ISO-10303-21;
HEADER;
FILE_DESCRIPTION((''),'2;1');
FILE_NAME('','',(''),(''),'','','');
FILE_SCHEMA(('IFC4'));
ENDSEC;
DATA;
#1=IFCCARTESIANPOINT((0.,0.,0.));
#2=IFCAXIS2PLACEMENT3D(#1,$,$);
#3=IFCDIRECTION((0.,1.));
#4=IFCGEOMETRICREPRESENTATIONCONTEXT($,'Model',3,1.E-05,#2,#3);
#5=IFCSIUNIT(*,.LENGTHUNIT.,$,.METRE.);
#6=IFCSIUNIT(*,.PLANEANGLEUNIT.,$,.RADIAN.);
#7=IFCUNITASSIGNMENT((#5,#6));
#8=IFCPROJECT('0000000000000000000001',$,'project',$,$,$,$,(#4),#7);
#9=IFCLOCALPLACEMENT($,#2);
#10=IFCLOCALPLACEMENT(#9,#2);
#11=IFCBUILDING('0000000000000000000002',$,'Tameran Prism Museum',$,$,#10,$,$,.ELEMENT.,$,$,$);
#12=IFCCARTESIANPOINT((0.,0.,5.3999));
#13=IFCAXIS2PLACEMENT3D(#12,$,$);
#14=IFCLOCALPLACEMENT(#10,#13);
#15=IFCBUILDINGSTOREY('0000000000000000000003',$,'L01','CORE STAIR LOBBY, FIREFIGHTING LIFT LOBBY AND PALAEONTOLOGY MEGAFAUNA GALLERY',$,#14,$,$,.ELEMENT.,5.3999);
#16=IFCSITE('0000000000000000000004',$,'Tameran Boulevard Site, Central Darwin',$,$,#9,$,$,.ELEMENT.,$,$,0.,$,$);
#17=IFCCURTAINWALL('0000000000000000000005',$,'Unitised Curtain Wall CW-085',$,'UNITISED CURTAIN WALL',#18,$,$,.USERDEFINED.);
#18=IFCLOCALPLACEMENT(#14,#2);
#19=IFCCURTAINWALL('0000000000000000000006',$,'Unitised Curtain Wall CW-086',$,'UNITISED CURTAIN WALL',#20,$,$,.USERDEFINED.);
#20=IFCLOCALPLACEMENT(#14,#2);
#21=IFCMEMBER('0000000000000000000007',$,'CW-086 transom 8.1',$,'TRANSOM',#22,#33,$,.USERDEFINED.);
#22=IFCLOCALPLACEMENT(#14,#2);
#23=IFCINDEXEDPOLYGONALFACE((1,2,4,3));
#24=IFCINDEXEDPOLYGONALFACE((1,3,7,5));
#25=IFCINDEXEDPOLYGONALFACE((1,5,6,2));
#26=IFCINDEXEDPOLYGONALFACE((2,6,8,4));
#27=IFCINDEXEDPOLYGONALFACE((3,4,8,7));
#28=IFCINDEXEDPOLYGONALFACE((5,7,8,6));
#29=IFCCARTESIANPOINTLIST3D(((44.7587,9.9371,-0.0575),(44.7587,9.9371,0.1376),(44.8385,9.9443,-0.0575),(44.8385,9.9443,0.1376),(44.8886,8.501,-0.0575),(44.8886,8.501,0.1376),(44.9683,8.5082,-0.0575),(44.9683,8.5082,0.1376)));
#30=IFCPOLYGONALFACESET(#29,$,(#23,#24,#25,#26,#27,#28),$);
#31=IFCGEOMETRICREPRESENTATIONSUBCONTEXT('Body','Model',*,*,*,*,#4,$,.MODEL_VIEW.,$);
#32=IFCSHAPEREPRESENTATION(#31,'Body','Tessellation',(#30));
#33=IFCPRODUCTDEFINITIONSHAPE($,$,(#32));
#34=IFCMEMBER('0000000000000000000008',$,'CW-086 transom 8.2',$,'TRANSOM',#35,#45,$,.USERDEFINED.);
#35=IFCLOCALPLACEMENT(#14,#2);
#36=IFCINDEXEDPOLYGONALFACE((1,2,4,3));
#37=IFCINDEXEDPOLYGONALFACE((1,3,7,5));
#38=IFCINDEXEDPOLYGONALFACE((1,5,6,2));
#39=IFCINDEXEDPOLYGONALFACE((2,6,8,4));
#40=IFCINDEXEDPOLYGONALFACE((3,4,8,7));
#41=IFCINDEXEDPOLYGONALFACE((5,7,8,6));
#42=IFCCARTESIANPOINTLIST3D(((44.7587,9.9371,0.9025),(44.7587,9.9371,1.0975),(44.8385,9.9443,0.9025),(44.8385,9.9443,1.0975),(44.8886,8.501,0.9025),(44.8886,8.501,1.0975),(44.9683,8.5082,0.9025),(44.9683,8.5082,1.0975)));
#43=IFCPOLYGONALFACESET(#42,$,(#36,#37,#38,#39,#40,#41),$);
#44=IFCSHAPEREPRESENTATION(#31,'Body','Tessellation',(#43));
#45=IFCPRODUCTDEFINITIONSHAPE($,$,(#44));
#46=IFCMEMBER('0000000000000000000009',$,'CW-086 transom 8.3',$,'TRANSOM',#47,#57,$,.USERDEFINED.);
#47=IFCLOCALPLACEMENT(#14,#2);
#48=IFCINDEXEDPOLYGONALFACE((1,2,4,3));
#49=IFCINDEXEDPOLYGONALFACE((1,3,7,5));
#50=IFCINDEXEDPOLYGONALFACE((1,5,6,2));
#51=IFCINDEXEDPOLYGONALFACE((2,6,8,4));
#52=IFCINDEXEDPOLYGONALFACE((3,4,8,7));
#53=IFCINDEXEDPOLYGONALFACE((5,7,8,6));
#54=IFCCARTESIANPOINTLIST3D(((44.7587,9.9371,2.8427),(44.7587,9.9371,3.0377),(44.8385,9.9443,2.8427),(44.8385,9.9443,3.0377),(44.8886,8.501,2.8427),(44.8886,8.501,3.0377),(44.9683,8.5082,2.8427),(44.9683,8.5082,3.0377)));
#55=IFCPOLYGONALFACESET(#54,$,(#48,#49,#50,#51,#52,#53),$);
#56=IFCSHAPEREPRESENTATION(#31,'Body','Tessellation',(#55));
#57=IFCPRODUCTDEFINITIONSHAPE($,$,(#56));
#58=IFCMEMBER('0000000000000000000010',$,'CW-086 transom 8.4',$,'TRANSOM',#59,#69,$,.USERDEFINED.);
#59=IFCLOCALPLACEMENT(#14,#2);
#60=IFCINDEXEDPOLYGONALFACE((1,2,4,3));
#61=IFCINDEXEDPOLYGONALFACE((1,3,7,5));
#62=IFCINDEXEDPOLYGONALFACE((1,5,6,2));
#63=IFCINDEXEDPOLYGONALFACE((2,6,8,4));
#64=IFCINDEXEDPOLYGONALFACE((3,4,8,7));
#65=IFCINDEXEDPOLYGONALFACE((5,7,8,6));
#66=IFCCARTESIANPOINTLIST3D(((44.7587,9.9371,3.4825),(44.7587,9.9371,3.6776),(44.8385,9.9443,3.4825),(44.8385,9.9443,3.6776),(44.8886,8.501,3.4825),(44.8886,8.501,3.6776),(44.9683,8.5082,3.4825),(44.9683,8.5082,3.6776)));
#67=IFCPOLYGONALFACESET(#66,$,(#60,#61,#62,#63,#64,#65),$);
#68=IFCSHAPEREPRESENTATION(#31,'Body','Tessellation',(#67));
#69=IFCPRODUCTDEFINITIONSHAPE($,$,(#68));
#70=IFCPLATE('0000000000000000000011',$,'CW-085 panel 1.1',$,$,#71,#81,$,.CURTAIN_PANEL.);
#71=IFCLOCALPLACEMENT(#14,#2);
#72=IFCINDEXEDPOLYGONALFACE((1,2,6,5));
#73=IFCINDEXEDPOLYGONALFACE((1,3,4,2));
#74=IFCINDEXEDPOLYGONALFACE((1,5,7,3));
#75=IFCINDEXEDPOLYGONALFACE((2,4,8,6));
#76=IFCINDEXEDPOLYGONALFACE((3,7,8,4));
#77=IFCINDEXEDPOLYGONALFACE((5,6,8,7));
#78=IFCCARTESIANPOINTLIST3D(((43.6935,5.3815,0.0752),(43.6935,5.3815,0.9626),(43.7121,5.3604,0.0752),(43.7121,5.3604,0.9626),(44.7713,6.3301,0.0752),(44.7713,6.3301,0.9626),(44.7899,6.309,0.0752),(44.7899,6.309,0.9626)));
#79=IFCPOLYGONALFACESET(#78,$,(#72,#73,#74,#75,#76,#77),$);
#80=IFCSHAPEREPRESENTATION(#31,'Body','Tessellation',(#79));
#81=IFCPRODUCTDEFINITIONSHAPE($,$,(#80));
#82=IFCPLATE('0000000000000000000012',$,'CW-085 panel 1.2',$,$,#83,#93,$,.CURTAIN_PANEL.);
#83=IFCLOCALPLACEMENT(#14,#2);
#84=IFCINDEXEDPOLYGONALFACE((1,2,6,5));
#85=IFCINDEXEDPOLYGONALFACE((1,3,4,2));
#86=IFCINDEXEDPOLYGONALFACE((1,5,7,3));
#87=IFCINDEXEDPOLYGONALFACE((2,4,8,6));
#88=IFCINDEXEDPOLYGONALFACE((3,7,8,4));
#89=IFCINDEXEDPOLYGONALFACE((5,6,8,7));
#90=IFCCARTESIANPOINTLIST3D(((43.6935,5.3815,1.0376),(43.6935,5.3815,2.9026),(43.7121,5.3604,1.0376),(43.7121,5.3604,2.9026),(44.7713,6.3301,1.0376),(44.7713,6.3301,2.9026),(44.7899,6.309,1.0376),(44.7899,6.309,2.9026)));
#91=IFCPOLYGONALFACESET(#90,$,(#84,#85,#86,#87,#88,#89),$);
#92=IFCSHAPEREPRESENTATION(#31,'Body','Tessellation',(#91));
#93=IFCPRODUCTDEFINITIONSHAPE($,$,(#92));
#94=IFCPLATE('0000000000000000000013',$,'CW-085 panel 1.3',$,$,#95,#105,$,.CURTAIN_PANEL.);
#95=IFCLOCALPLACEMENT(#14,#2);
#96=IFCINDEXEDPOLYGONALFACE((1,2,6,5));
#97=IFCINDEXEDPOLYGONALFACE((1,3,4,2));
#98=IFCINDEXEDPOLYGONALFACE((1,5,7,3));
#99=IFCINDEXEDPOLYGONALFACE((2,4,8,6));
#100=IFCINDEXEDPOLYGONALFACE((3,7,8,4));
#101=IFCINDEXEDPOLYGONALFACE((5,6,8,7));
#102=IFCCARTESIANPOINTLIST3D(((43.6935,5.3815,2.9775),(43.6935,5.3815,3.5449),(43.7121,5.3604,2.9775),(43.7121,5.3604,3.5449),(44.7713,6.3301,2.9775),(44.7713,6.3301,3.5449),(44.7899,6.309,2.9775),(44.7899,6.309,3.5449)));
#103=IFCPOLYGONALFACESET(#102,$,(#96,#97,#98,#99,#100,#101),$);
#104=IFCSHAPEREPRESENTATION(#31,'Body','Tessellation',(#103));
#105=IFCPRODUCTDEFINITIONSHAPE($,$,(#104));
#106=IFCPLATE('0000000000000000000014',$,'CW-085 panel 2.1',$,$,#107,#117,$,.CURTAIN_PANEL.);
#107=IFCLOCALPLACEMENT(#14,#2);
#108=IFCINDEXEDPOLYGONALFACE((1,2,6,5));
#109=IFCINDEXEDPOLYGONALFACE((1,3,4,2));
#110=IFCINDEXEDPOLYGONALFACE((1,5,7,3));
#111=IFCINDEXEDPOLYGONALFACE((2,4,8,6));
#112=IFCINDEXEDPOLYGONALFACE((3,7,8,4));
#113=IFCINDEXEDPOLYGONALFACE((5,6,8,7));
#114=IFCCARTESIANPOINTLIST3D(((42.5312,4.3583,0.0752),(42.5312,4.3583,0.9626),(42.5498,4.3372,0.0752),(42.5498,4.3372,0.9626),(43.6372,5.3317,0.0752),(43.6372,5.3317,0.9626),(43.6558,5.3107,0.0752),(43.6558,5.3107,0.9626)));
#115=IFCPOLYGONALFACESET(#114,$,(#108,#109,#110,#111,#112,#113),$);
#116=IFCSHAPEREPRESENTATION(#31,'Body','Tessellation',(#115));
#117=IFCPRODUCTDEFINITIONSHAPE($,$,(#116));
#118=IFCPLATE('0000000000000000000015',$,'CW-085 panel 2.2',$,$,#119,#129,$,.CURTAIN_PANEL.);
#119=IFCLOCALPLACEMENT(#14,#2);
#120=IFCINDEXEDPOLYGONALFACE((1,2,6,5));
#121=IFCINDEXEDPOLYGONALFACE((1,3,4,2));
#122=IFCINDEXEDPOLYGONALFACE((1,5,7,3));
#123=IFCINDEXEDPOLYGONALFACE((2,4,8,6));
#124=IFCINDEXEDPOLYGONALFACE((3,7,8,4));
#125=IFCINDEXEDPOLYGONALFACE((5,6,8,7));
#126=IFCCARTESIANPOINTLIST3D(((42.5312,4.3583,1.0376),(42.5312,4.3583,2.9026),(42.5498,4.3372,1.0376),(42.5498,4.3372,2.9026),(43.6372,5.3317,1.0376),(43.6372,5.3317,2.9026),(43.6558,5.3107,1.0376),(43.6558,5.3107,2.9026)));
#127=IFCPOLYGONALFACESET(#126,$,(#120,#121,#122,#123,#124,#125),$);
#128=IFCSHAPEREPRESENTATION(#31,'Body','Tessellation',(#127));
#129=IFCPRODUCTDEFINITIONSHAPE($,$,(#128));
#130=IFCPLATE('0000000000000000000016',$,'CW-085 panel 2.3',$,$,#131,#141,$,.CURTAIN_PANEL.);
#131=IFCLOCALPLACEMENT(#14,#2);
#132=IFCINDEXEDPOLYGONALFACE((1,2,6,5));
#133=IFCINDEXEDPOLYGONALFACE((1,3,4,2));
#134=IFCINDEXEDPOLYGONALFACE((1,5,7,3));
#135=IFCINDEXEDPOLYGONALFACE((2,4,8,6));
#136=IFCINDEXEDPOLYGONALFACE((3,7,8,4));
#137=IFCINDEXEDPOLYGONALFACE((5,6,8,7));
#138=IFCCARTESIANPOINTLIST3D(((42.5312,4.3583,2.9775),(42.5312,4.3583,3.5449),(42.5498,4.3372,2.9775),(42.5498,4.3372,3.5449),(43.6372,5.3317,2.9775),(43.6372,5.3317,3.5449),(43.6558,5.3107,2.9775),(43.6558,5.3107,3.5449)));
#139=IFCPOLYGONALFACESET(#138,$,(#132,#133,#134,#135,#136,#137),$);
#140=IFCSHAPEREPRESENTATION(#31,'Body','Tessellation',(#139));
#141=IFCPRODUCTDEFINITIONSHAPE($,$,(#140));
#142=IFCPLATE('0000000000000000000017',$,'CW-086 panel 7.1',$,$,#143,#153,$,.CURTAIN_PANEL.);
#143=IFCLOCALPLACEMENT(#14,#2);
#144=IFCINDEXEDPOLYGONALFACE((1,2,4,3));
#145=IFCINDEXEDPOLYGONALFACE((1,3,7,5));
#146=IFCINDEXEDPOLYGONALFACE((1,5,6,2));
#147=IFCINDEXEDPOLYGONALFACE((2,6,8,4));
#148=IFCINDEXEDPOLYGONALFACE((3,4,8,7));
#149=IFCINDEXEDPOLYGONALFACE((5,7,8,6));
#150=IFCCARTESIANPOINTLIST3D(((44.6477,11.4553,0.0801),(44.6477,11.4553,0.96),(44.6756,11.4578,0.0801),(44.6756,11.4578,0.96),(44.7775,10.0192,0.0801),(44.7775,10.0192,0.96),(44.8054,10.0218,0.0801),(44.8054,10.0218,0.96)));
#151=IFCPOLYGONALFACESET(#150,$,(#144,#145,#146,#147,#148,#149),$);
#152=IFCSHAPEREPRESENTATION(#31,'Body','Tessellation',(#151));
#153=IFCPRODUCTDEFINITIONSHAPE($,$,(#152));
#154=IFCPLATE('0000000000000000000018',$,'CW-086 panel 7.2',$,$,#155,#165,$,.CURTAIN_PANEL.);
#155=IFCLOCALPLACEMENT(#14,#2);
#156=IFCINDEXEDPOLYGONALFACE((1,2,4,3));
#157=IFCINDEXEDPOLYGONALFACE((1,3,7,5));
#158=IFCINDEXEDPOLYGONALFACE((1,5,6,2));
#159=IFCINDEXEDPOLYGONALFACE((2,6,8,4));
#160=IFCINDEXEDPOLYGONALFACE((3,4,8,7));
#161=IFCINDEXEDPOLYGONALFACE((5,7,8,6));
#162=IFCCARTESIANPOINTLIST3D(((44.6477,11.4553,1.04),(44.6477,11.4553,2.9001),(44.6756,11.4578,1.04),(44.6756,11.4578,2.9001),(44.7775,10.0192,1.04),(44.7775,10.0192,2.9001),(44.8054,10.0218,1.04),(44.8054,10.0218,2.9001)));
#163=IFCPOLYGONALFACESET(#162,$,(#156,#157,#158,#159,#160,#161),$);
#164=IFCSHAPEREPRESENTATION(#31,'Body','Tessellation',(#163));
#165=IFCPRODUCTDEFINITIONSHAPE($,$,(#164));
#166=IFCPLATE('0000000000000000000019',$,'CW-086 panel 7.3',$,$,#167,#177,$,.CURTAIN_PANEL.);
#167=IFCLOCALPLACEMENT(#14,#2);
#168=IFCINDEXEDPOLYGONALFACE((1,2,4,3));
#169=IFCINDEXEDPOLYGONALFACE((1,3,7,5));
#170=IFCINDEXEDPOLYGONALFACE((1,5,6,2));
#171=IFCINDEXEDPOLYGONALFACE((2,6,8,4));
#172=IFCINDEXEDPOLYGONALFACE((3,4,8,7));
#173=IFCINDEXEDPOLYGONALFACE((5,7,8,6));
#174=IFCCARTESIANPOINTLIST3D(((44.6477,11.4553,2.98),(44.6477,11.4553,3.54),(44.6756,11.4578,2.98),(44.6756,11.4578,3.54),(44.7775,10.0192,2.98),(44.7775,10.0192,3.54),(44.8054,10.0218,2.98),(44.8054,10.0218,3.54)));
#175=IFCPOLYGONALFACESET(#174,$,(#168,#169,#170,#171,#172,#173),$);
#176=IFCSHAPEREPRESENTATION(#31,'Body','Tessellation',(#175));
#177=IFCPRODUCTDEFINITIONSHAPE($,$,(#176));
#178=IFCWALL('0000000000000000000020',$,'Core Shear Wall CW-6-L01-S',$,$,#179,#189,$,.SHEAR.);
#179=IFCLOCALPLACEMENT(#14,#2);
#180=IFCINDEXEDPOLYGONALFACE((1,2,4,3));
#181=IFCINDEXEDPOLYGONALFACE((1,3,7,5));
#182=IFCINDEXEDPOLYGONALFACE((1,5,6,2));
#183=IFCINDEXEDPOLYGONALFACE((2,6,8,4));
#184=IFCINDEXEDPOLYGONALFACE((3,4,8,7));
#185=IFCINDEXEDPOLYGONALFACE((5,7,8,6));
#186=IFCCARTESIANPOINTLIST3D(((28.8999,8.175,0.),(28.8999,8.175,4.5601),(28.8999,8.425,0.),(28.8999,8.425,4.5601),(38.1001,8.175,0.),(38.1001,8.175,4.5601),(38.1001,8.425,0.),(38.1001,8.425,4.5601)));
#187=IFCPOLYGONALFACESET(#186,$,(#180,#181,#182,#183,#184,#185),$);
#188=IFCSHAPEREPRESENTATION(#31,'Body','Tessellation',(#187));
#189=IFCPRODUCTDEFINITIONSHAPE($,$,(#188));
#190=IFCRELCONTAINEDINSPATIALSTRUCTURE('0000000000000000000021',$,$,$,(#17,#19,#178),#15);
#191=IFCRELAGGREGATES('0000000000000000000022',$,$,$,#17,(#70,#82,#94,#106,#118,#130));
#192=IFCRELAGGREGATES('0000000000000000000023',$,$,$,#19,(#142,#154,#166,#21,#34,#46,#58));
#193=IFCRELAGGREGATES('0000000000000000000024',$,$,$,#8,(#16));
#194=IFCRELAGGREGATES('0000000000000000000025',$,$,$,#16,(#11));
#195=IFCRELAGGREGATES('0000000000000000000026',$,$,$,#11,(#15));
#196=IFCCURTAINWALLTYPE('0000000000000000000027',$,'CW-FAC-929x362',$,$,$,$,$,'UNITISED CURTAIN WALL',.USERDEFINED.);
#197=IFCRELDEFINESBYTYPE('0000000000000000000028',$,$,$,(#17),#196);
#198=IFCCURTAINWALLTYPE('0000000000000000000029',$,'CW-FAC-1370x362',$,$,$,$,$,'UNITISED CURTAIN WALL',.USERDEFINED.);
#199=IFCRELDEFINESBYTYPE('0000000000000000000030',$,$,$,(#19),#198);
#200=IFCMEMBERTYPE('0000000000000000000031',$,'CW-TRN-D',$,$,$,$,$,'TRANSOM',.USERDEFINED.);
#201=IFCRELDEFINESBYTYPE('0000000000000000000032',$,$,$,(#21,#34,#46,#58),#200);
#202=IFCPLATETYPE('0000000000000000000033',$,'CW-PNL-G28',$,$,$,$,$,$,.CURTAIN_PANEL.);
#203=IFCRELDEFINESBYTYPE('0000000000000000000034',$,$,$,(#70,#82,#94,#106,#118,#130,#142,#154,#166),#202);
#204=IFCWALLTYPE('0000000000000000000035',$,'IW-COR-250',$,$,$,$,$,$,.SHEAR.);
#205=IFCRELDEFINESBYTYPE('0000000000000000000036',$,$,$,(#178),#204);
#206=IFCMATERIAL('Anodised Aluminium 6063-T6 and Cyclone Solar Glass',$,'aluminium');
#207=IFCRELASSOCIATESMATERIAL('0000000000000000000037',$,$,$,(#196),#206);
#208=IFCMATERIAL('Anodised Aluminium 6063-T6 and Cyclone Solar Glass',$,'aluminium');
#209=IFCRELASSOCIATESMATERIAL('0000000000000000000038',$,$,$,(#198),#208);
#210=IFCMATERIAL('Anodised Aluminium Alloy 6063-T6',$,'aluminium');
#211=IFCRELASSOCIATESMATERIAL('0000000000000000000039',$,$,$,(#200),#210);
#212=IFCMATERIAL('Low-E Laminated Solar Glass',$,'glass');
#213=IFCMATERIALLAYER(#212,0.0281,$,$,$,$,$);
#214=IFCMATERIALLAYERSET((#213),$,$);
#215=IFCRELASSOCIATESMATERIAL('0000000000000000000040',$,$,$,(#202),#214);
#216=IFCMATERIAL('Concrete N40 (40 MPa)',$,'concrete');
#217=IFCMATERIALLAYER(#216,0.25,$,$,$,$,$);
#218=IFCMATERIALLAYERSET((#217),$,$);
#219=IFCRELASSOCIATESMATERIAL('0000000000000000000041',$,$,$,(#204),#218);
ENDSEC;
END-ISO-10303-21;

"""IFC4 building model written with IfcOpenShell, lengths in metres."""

from ifc_helpers import new_model, si_unit, direction, frame, frame_2d, origin, origin_2d, place, context, subcontext, project, spatial, rectangle, extrude, material, layer, layer_set, material_profile, profile_set, type_object, element, aggregate, save


model = new_model("IFC4")

# Units and contexts
model_context = context("Model", 3, precision=1e-05, world=origin(), true_north=direction((0.0, 1.0)))
body_context = subcontext(model_context, "Body", "Model", "MODEL_VIEW")
ifc_project = project(units=[si_unit("LENGTHUNIT", "METRE"), si_unit("PLANEANGLEUNIT", "RADIAN")], contexts=[model_context])

# Site, building, storey
site_placement = place(None, origin())
site = spatial("IfcSite", under=ifc_project, at=site_placement, Name="Tameran Boulevard Site, Central Darwin", CompositionType="ELEMENT", RefElevation=0.0)
building_placement = place(site_placement, origin())
building = spatial("IfcBuilding", under=site, at=building_placement, Name="Tameran Prism Museum", CompositionType="ELEMENT")
storey_placement = place(building_placement, frame((0.0, 0.0, 5.3999)))
storey = spatial("IfcBuildingStorey", under=building, at=storey_placement, Name="L01", Description="CORE STAIR LOBBY, FIREFIGHTING LIFT LOBBY AND PALAEONTOLOGY MEGAFAUNA GALLERY", CompositionType="ELEMENT", Elevation=5.3999)

# Curtain wall
ifc_material_1 = material(Name="Anodised Aluminium 6063-T6 and Cyclone Solar Glass", Category="aluminium")
curtain_wall_type_1 = type_object("IfcCurtainWallType", Name="CW-FAC-929x362", ElementType="UNITISED CURTAIN WALL", PredefinedType="USERDEFINED", material=ifc_material_1)
curtain_wall_1_placement = place(storey_placement, origin())
curtain_wall_1 = element("IfcCurtainWall", 1, at=curtain_wall_1_placement, inside=storey, type_object=curtain_wall_type_1, Name="Unitised Curtain Wall CW-085", ObjectType="UNITISED CURTAIN WALL", PredefinedType="USERDEFINED")

# Curtain wall
ifc_material_2 = material(Name="Anodised Aluminium 6063-T6 and Cyclone Solar Glass", Category="aluminium")
curtain_wall_type_2 = type_object("IfcCurtainWallType", Name="CW-FAC-1370x362", ElementType="UNITISED CURTAIN WALL", PredefinedType="USERDEFINED", material=ifc_material_2)
curtain_wall_2_placement = place(storey_placement, origin())
curtain_wall_2 = element("IfcCurtainWall", 2, at=curtain_wall_2_placement, inside=storey, type_object=curtain_wall_type_2, Name="Unitised Curtain Wall CW-086", ObjectType="UNITISED CURTAIN WALL", PredefinedType="USERDEFINED")

# Members
ifc_material_3 = material(Name="Anodised Aluminium Alloy 6063-T6", Category="aluminium")
ifc_material_profile_1 = material_profile(ifc_material_3, rectangle(XDim=0.0801, YDim=0.1951, at=origin_2d()))
ifc_profile_set_1 = profile_set([ifc_material_profile_1])
member_type_1 = type_object("IfcMemberType", Name="CW-TRN-D", ElementType="TRANSOM", PredefinedType="USERDEFINED", material=ifc_profile_set_1)
member_1_placement = place(storey_placement, frame((44.7986, 9.9407, 0.04), z_axis=(0.090078, -0.995935, 0.0), x_axis=(0.995935, 0.090078, 0.0)))
member_1 = element("IfcMember", 3, at=member_1_placement, type_object=member_type_1, Name="CW-086 transom 8.1", ObjectType="TRANSOM", PredefinedType="USERDEFINED", context=body_context, shape_type="SweptSolid", body=[
    extrude(rectangle(XDim=0.0801, YDim=0.1951, at=origin_2d()), origin(), (0.0, 0.0, 1.0), 1.4419),
])
member_2_placement = place(storey_placement, frame((44.7986, 9.9407, 1.0), z_axis=(0.090078, -0.995935, 0.0), x_axis=(0.995935, 0.090078, 0.0)))
member_2 = element("IfcMember", 4, at=member_2_placement, type_object=member_type_1, Name="CW-086 transom 8.2", ObjectType="TRANSOM", PredefinedType="USERDEFINED", context=body_context, shape_type="SweptSolid", body=[
    extrude(rectangle(XDim=0.0801, YDim=0.1951, at=origin_2d()), origin(), (0.0, 0.0, 1.0), 1.4419),
])
member_3_placement = place(storey_placement, frame((44.7986, 9.9407, 2.9402), z_axis=(0.090078, -0.995935, 0.0), x_axis=(0.995935, 0.090078, 0.0)))
member_3 = element("IfcMember", 5, at=member_3_placement, type_object=member_type_1, Name="CW-086 transom 8.3", ObjectType="TRANSOM", PredefinedType="USERDEFINED", context=body_context, shape_type="SweptSolid", body=[
    extrude(rectangle(XDim=0.0801, YDim=0.1951, at=origin_2d()), origin(), (0.0, 0.0, 1.0), 1.4419),
])
member_4_placement = place(storey_placement, frame((44.7986, 9.9407, 3.5801), z_axis=(0.090078, -0.995935, 0.0), x_axis=(0.995935, 0.090078, 0.0)))
member_4 = element("IfcMember", 6, at=member_4_placement, type_object=member_type_1, Name="CW-086 transom 8.4", ObjectType="TRANSOM", PredefinedType="USERDEFINED", context=body_context, shape_type="SweptSolid", body=[
    extrude(rectangle(XDim=0.0801, YDim=0.1951, at=origin_2d()), origin(), (0.0, 0.0, 1.0), 1.4419),
])

# Plates
ifc_material_4 = material(Name="Low-E Laminated Solar Glass", Category="glass")
ifc_layer_1 = layer(ifc_material_4, 0.0281)
ifc_layer_set_1 = layer_set([ifc_layer_1])
plate_type = type_object("IfcPlateType", Name="CW-PNL-G28", PredefinedType="CURTAIN_PANEL", material=ifc_layer_set_1)
plate_1_placement = place(storey_placement, frame((44.2417, 5.8452, 0.0752), z_axis=(0.0, 0.0, 1.0), x_axis=(-0.750667, -0.660681, 0.0)))
plate_1 = element("IfcPlate", 7, at=plate_1_placement, type_object=plate_type, Name="CW-085 panel 1.1", PredefinedType="CURTAIN_PANEL", context=body_context, shape_type="SweptSolid", body=[
    extrude(rectangle(XDim=1.4358, YDim=0.0281, at=origin_2d()), origin(), (0.0, 0.0, 1.0), 0.8875),
])
plate_2_placement = place(storey_placement, frame((44.2417, 5.8452, 1.0376), z_axis=(0.0, 0.0, 1.0), x_axis=(-0.750667, -0.660681, 0.0)))
plate_2 = element("IfcPlate", 8, at=plate_2_placement, type_object=plate_type, Name="CW-085 panel 1.2", PredefinedType="CURTAIN_PANEL", context=body_context, shape_type="SweptSolid", body=[
    extrude(rectangle(XDim=1.4358, YDim=0.0281, at=origin_2d()), origin(), (0.0, 0.0, 1.0), 1.865),
])
plate_3_placement = place(storey_placement, frame((44.2417, 5.8452, 2.9775), z_axis=(0.0, 0.0, 1.0), x_axis=(-0.750667, -0.660681, 0.0)))
plate_3 = element("IfcPlate", 9, at=plate_3_placement, type_object=plate_type, Name="CW-085 panel 1.3", PredefinedType="CURTAIN_PANEL", context=body_context, shape_type="SweptSolid", body=[
    extrude(rectangle(XDim=1.4358, YDim=0.0281, at=origin_2d()), origin(), (0.0, 0.0, 1.0), 0.5674),
])
plate_4_placement = place(storey_placement, frame((43.0935, 4.8345, 0.0752), z_axis=(0.0, 0.0, 1.0), x_axis=(-0.750667, -0.660681, 0.0)))
plate_4 = element("IfcPlate", 10, at=plate_4_placement, type_object=plate_type, Name="CW-085 panel 2.1", PredefinedType="CURTAIN_PANEL", context=body_context, shape_type="SweptSolid", body=[
    extrude(rectangle(XDim=1.4734, YDim=0.0281, at=origin_2d()), origin(), (0.0, 0.0, 1.0), 0.8875),
])
plate_5_placement = place(storey_placement, frame((43.0935, 4.8345, 1.0376), z_axis=(0.0, 0.0, 1.0), x_axis=(-0.750667, -0.660681, 0.0)))
plate_5 = element("IfcPlate", 11, at=plate_5_placement, type_object=plate_type, Name="CW-085 panel 2.2", PredefinedType="CURTAIN_PANEL", context=body_context, shape_type="SweptSolid", body=[
    extrude(rectangle(XDim=1.4734, YDim=0.0281, at=origin_2d()), origin(), (0.0, 0.0, 1.0), 1.865),
])
plate_6_placement = place(storey_placement, frame((43.0935, 4.8345, 2.9775), z_axis=(0.0, 0.0, 1.0), x_axis=(-0.750667, -0.660681, 0.0)))
plate_6 = element("IfcPlate", 12, at=plate_6_placement, type_object=plate_type, Name="CW-085 panel 2.3", PredefinedType="CURTAIN_PANEL", context=body_context, shape_type="SweptSolid", body=[
    extrude(rectangle(XDim=1.4734, YDim=0.0281, at=origin_2d()), origin(), (0.0, 0.0, 1.0), 0.5674),
])
aggregate(curtain_wall_1, [plate_1, plate_2, plate_3, plate_4, plate_5, plate_6])
plate_7_placement = place(storey_placement, frame((44.7266, 10.7385, 0.0801), z_axis=(0.0, 0.0, 1.0), x_axis=(0.090016, -0.99594, 0.0)))
plate_7 = element("IfcPlate", 13, at=plate_7_placement, type_object=plate_type, Name="CW-086 panel 7.1", PredefinedType="CURTAIN_PANEL", context=body_context, shape_type="SweptSolid", body=[
    extrude(rectangle(XDim=1.4419, YDim=0.0281, at=origin_2d()), origin(), (0.0, 0.0, 1.0), 0.8799),
])
plate_8_placement = place(storey_placement, frame((44.7266, 10.7385, 1.04), z_axis=(0.0, 0.0, 1.0), x_axis=(0.090016, -0.99594, 0.0)))
plate_8 = element("IfcPlate", 14, at=plate_8_placement, type_object=plate_type, Name="CW-086 panel 7.2", PredefinedType="CURTAIN_PANEL", context=body_context, shape_type="SweptSolid", body=[
    extrude(rectangle(XDim=1.4419, YDim=0.0281, at=origin_2d()), origin(), (0.0, 0.0, 1.0), 1.8601),
])
plate_9_placement = place(storey_placement, frame((44.7266, 10.7385, 2.98), z_axis=(0.0, 0.0, 1.0), x_axis=(0.090016, -0.99594, 0.0)))
plate_9 = element("IfcPlate", 15, at=plate_9_placement, type_object=plate_type, Name="CW-086 panel 7.3", PredefinedType="CURTAIN_PANEL", context=body_context, shape_type="SweptSolid", body=[
    extrude(rectangle(XDim=1.4419, YDim=0.0281, at=origin_2d()), origin(), (0.0, 0.0, 1.0), 0.5601),
])
aggregate(curtain_wall_2, [plate_7, plate_8, plate_9, member_1, member_2, member_3, member_4])

# Wall
ifc_material_5 = material(Name="Concrete N40 (40 MPa)", Category="concrete")
ifc_layer_2 = layer(ifc_material_5, 0.25)
ifc_layer_set_2 = layer_set([ifc_layer_2])
wall_type = type_object("IfcWallType", Name="IW-COR-250", PredefinedType="SHEAR", material=ifc_layer_set_2)
wall_placement = place(storey_placement, frame((38.1001, 8.3, 0.0), z_axis=(0.0, 0.0, 1.0), x_axis=(-1.0, 0.0, 0.0)))
element("IfcWall", 16, at=wall_placement, inside=storey, type_object=wall_type, Name="Core Shear Wall CW-6-L01-S", PredefinedType="SHEAR", context=body_context, shape_type="SweptSolid", body=[
    extrude(rectangle(XDim=9.2002, YDim=0.25, at=frame_2d((4.6001, 0.0))), origin(), (0.0, 0.0, 1.0), 4.5601),
])

save(model, "model.ifc")
